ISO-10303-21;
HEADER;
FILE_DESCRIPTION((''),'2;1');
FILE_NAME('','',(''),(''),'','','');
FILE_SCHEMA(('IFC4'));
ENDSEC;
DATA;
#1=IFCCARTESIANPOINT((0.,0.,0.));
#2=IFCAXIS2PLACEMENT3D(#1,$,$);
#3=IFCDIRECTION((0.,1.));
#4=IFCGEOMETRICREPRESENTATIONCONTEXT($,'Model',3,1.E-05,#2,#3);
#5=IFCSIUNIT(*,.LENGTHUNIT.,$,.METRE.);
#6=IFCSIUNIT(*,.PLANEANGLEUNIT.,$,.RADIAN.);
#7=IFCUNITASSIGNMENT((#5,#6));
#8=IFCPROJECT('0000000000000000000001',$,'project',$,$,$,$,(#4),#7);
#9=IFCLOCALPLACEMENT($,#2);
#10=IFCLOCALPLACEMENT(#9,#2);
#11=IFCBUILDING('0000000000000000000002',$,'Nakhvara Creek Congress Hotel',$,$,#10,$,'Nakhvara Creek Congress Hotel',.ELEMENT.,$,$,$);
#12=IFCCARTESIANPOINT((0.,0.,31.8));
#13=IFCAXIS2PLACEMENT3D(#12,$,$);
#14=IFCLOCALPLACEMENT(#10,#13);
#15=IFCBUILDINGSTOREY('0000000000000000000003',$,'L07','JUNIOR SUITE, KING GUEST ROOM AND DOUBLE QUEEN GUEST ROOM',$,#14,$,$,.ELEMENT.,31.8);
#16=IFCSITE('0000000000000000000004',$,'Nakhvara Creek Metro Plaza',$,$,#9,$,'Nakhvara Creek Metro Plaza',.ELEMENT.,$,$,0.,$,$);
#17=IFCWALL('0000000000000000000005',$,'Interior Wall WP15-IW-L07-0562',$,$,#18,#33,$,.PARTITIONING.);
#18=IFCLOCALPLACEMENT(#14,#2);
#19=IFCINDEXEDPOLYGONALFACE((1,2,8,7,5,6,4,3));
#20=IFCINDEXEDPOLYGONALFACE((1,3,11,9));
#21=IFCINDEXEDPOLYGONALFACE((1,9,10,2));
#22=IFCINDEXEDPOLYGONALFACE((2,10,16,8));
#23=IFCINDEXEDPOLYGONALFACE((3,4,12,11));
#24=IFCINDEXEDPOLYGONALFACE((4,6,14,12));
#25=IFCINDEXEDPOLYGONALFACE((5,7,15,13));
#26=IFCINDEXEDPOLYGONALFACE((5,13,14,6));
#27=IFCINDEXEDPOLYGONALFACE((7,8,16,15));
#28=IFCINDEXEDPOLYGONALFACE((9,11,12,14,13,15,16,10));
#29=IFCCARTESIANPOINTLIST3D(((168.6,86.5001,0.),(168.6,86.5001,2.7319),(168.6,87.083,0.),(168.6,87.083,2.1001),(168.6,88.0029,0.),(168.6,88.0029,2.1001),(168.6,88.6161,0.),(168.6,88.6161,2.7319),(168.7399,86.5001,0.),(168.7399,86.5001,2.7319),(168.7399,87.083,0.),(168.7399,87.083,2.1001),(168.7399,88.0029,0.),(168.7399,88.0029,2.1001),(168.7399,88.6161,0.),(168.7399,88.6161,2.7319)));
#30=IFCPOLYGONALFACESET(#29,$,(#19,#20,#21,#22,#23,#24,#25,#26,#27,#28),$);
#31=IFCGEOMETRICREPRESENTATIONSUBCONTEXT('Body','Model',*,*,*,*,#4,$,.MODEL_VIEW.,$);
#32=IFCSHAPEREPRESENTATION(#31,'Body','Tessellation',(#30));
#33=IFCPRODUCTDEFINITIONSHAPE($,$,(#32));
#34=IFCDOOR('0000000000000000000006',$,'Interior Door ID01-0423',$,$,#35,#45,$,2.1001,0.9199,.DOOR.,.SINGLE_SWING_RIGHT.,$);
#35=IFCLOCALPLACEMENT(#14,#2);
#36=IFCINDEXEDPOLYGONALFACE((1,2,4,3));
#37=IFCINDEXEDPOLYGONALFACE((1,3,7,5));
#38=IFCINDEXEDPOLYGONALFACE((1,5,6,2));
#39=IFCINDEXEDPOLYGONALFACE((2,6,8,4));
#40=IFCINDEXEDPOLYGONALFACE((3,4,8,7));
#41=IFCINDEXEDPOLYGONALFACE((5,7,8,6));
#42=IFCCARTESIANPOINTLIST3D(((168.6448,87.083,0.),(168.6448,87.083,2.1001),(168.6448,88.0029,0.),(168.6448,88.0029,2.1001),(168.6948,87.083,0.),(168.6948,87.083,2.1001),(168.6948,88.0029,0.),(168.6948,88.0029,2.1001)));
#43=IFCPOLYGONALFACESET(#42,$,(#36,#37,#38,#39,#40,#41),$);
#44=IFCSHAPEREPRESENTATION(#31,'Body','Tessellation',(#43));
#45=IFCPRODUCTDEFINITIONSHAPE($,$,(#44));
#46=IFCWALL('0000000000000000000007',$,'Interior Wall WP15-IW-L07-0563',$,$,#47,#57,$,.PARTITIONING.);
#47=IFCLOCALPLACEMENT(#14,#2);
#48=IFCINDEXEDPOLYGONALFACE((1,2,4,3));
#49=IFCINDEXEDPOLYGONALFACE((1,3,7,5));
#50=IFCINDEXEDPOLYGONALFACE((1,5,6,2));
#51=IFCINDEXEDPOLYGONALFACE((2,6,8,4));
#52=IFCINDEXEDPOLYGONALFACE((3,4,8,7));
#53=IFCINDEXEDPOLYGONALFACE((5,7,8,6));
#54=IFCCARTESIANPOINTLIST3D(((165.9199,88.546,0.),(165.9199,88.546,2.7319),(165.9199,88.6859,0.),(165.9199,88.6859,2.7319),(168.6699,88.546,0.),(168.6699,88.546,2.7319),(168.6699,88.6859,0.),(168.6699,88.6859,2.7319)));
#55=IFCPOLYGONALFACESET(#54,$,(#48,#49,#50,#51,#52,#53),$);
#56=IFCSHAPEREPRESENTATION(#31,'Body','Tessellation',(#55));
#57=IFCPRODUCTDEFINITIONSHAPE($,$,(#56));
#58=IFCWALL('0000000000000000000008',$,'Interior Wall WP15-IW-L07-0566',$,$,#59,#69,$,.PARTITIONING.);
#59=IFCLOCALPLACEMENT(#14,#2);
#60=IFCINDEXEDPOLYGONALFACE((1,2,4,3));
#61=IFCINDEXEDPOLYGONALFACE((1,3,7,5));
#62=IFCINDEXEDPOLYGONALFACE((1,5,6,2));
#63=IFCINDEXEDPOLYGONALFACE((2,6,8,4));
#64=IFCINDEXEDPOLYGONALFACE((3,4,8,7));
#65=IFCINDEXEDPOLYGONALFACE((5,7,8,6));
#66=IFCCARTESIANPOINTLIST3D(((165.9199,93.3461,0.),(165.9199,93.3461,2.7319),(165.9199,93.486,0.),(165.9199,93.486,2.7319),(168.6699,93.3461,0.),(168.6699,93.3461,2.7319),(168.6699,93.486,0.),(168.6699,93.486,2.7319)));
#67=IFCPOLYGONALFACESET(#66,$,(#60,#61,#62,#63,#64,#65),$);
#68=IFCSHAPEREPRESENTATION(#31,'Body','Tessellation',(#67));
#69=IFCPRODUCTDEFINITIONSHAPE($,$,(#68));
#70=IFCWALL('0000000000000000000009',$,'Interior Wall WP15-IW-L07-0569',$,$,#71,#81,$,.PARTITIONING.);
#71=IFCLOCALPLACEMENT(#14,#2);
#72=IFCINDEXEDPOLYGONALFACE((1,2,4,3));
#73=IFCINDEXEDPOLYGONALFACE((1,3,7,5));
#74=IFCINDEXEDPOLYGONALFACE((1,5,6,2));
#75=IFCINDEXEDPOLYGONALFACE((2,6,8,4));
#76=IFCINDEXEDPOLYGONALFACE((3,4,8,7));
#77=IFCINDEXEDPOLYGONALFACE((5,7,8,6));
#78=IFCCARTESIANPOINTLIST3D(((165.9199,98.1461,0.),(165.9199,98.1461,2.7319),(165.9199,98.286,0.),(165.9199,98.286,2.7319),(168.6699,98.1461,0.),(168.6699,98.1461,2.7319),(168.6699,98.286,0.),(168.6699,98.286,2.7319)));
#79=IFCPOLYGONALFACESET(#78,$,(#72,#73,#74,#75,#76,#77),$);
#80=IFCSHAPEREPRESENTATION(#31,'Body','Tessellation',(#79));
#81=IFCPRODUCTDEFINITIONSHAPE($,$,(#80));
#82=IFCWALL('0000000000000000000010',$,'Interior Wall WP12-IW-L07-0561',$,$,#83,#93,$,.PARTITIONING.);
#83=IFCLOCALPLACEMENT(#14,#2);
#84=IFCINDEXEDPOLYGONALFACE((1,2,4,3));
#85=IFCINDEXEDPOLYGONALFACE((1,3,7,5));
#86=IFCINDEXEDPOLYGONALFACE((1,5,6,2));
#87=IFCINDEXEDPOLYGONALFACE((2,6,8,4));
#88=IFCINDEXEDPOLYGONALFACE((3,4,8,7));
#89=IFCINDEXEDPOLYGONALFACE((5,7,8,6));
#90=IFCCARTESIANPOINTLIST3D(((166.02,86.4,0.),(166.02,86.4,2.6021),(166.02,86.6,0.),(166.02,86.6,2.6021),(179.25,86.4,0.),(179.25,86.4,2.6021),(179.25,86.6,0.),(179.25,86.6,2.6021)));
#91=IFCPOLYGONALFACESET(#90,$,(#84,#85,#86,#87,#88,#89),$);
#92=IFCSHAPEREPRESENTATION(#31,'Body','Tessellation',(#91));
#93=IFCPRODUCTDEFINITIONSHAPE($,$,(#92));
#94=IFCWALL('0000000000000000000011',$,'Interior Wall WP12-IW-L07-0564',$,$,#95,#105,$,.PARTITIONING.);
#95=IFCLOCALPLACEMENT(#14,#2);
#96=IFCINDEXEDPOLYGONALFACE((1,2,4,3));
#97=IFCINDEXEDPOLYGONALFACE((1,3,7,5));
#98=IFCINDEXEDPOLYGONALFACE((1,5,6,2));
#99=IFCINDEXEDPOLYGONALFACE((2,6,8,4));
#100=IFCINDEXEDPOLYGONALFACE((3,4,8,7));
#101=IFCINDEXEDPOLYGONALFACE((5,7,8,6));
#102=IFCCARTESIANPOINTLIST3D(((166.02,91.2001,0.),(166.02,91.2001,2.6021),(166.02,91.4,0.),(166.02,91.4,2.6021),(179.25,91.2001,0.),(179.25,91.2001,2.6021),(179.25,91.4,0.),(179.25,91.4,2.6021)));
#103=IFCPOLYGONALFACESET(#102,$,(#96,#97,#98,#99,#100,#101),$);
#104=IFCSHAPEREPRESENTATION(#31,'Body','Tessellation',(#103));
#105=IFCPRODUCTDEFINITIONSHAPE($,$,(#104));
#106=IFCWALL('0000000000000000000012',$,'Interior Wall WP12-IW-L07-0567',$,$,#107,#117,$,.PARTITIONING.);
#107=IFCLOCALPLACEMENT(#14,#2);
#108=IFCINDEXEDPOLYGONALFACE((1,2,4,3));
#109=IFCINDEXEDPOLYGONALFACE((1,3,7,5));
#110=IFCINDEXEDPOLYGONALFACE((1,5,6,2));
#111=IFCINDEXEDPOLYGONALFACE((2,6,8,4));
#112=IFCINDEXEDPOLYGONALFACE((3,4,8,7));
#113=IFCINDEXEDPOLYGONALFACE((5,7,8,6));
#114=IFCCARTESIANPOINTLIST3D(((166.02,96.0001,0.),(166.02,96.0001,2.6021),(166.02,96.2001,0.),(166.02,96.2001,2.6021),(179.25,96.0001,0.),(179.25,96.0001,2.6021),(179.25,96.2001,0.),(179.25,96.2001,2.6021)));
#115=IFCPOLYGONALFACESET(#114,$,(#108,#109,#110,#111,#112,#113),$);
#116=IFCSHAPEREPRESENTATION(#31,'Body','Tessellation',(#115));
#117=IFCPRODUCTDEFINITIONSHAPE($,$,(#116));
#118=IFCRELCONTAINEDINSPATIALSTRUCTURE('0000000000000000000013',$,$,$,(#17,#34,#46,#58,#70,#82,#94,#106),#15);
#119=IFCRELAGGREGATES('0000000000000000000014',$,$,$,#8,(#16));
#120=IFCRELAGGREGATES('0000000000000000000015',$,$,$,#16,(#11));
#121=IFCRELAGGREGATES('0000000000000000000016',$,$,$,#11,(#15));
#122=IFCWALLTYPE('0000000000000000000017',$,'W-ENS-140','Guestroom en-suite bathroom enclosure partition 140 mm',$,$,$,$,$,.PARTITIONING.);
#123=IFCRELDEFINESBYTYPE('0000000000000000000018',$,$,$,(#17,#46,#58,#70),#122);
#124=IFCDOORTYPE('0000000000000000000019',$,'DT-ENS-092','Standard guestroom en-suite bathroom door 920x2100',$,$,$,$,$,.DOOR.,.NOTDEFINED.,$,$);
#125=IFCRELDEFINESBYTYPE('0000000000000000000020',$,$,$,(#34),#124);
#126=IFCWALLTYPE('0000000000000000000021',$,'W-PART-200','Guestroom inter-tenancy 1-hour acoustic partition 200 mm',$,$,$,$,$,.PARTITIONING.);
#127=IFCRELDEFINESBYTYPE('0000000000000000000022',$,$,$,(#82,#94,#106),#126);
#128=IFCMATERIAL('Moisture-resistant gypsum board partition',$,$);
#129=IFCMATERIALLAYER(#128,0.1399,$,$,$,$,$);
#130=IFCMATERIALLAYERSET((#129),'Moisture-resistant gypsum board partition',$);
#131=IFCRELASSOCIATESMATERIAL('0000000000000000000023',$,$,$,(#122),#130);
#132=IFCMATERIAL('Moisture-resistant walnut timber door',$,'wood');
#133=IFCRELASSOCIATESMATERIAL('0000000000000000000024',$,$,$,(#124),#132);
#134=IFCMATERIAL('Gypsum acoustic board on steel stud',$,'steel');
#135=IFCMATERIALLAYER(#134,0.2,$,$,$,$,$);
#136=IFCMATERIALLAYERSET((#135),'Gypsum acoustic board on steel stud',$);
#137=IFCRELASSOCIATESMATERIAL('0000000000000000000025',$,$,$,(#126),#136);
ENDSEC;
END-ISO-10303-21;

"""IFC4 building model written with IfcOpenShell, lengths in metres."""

from ifc_helpers import new_model, si_unit, direction, frame, frame_2d, origin, place, context, subcontext, project, spatial, rectangle, extrude, material, layer, layer_set, type_object, element, fill, save


model = new_model("IFC4")

# Units and contexts
model_context = context("Model", 3, precision=1e-05, world=origin(), true_north=direction((0.0, 1.0)))
body_context = subcontext(model_context, "Body", "Model", "MODEL_VIEW")
ifc_project = project(units=[si_unit("LENGTHUNIT", "METRE"), si_unit("PLANEANGLEUNIT", "RADIAN")], contexts=[model_context])

# Site, building, storey
site_placement = place(None, origin())
site = spatial("IfcSite", under=ifc_project, at=site_placement, Name="Nakhvara Creek Metro Plaza", LongName="Nakhvara Creek Metro Plaza", CompositionType="ELEMENT", RefElevation=0.0)
building_placement = place(site_placement, origin())
building = spatial("IfcBuilding", under=site, at=building_placement, Name="Nakhvara Creek Congress Hotel", LongName="Nakhvara Creek Congress Hotel", CompositionType="ELEMENT")
storey_placement = place(building_placement, frame((0.0, 0.0, 31.8)))
storey = spatial("IfcBuildingStorey", under=building, at=storey_placement, Name="L07", Description="JUNIOR SUITE, KING GUEST ROOM AND DOUBLE QUEEN GUEST ROOM", CompositionType="ELEMENT", Elevation=31.8)

# Shared definitions
ifc_material_1 = material(Name="Gypsum acoustic board on steel stud", Category="steel")

# Wall, opening, door
ifc_material_2 = material(Name="Moisture-resistant gypsum board partition")
ifc_layer_1 = layer(ifc_material_2, 0.1399)
ifc_layer_set_1 = layer_set([ifc_layer_1], Name="Moisture-resistant gypsum board partition")
wall_type_1 = type_object("IfcWallType", Name="W-ENS-140", Description="Guestroom en-suite bathroom enclosure partition 140 mm", PredefinedType="PARTITIONING", material=ifc_layer_set_1)
wall_1_placement = place(storey_placement, frame((168.6699, 86.5, 0.0), z_axis=(0.0, 0.0, 1.0), x_axis=(0.0, 1.0, 0.0)))
wall_1 = element("IfcWall", 1, at=wall_1_placement, inside=storey, type_object=wall_type_1, Name="Interior Wall WP15-IW-L07-0562", PredefinedType="PARTITIONING", context=body_context, shape_type="SweptSolid", body=[
    extrude(rectangle(XDim=2.116, YDim=0.1399, at=frame_2d((1.0581, 0.0))), origin(), (0.0, 0.0, 1.0), 2.7319),
])
opening_1_placement = place(wall_1_placement, frame((0.583, 0.0, 0.0)))
opening_1 = element("IfcOpeningElement", 2, at=opening_1_placement, cuts=wall_1, PredefinedType="OPENING", context=body_context, shape_type="SweptSolid", body=[
    extrude(rectangle(XDim=0.9199, YDim=2.1001, at=frame_2d((0.46, 1.05))), frame((0.0, 0.082, 0.0), z_axis=(0.0, -1.0, 0.0), x_axis=(1.0, 0.0, 0.0)), (0.0, 0.0, 1.0), 0.1638),
])
ifc_material_3 = material(Name="Moisture-resistant walnut timber door", Category="wood")
door_type_1 = type_object("IfcDoorType", Name="DT-ENS-092", Description="Standard guestroom en-suite bathroom door 920x2100", OperationType="NOTDEFINED", PredefinedType="DOOR", material=ifc_material_3)
door_1_placement = place(opening_1_placement, frame((0.9199, 0.0, 0.0), z_axis=(0.0, 0.0, 1.0), x_axis=(-1.0, 0.0, 0.0)))
door_1 = element("IfcDoor", 3, at=door_1_placement, inside=storey, type_object=door_type_1, Name="Interior Door ID01-0423", OperationType="SINGLE_SWING_RIGHT", OverallHeight=2.1001, OverallWidth=0.9199, PredefinedType="DOOR", context=body_context, shape_type="SweptSolid", body=[
    extrude(rectangle(XDim=0.9199, YDim=2.1001, at=frame_2d((0.46, 1.05))), frame((0.0, 0.0249, 0.0), z_axis=(0.0, -1.0, 0.0), x_axis=(1.0, 0.0, 0.0)), (0.0, 0.0, 1.0), 0.05),
])
fill(opening_1, door_1)

# Wall
wall_2_placement = place(storey_placement, frame((165.9199, 88.616, 0.0), z_axis=(0.0, 0.0, 1.0), x_axis=(1.0, 0.0, 0.0)))
element("IfcWall", 4, at=wall_2_placement, inside=storey, type_object=wall_type_1, Name="Interior Wall WP15-IW-L07-0563", PredefinedType="PARTITIONING", context=body_context, shape_type="SweptSolid", body=[
    extrude(rectangle(XDim=2.75, YDim=0.1399, at=frame_2d((1.375, 0.0))), origin(), (0.0, 0.0, 1.0), 2.7319),
])

# Walls
for number, where, z_axis, x_axis, name in (
    (5, (165.9199, 93.416, 0.0), (0.0, 0.0, 1.0), (1.0, 0.0, 0.0), "Interior Wall WP15-IW-L07-0566"),
    (6, (165.9199, 98.2161, 0.0), (0.0, 0.0, 1.0), (1.0, 0.0, 0.0), "Interior Wall WP15-IW-L07-0569"),
):
    element("IfcWall", number, at=place(storey_placement, frame(where, z_axis=z_axis, x_axis=x_axis)), inside=storey, type_object=wall_type_1, Name=name, PredefinedType="PARTITIONING", context=body_context, shape_type="SweptSolid", body=[
        extrude(rectangle(XDim=2.75, YDim=0.1399, at=frame_2d((1.375, 0.0))), origin(), (0.0, 0.0, 1.0), 2.7319),
    ])
ifc_layer_2 = layer(ifc_material_1, 0.2)
ifc_layer_set_2 = layer_set([ifc_layer_2], Name="Gypsum acoustic board on steel stud")
wall_type_2 = type_object("IfcWallType", Name="W-PART-200", Description="Guestroom inter-tenancy 1-hour acoustic partition 200 mm", PredefinedType="PARTITIONING", material=ifc_layer_set_2)
for number, where, z_axis, x_axis, name in (
    (7, (166.02, 86.5, 0.0), (0.0, 0.0, 1.0), (1.0, 0.0, 0.0), "Interior Wall WP12-IW-L07-0561"),
    (8, (166.02, 91.3, 0.0), (0.0, 0.0, 1.0), (1.0, 0.0, 0.0), "Interior Wall WP12-IW-L07-0564"),
    (9, (166.02, 96.1001, 0.0), (0.0, 0.0, 1.0), (1.0, 0.0, 0.0), "Interior Wall WP12-IW-L07-0567"),
):
    element("IfcWall", number, at=place(storey_placement, frame(where, z_axis=z_axis, x_axis=x_axis)), inside=storey, type_object=wall_type_2, Name=name, PredefinedType="PARTITIONING", context=body_context, shape_type="SweptSolid", body=[
        extrude(rectangle(XDim=13.23, YDim=0.2, at=frame_2d((6.615, 0.0))), origin(), (0.0, 0.0, 1.0), 2.6021),
    ])

save(model, "model.ifc")
